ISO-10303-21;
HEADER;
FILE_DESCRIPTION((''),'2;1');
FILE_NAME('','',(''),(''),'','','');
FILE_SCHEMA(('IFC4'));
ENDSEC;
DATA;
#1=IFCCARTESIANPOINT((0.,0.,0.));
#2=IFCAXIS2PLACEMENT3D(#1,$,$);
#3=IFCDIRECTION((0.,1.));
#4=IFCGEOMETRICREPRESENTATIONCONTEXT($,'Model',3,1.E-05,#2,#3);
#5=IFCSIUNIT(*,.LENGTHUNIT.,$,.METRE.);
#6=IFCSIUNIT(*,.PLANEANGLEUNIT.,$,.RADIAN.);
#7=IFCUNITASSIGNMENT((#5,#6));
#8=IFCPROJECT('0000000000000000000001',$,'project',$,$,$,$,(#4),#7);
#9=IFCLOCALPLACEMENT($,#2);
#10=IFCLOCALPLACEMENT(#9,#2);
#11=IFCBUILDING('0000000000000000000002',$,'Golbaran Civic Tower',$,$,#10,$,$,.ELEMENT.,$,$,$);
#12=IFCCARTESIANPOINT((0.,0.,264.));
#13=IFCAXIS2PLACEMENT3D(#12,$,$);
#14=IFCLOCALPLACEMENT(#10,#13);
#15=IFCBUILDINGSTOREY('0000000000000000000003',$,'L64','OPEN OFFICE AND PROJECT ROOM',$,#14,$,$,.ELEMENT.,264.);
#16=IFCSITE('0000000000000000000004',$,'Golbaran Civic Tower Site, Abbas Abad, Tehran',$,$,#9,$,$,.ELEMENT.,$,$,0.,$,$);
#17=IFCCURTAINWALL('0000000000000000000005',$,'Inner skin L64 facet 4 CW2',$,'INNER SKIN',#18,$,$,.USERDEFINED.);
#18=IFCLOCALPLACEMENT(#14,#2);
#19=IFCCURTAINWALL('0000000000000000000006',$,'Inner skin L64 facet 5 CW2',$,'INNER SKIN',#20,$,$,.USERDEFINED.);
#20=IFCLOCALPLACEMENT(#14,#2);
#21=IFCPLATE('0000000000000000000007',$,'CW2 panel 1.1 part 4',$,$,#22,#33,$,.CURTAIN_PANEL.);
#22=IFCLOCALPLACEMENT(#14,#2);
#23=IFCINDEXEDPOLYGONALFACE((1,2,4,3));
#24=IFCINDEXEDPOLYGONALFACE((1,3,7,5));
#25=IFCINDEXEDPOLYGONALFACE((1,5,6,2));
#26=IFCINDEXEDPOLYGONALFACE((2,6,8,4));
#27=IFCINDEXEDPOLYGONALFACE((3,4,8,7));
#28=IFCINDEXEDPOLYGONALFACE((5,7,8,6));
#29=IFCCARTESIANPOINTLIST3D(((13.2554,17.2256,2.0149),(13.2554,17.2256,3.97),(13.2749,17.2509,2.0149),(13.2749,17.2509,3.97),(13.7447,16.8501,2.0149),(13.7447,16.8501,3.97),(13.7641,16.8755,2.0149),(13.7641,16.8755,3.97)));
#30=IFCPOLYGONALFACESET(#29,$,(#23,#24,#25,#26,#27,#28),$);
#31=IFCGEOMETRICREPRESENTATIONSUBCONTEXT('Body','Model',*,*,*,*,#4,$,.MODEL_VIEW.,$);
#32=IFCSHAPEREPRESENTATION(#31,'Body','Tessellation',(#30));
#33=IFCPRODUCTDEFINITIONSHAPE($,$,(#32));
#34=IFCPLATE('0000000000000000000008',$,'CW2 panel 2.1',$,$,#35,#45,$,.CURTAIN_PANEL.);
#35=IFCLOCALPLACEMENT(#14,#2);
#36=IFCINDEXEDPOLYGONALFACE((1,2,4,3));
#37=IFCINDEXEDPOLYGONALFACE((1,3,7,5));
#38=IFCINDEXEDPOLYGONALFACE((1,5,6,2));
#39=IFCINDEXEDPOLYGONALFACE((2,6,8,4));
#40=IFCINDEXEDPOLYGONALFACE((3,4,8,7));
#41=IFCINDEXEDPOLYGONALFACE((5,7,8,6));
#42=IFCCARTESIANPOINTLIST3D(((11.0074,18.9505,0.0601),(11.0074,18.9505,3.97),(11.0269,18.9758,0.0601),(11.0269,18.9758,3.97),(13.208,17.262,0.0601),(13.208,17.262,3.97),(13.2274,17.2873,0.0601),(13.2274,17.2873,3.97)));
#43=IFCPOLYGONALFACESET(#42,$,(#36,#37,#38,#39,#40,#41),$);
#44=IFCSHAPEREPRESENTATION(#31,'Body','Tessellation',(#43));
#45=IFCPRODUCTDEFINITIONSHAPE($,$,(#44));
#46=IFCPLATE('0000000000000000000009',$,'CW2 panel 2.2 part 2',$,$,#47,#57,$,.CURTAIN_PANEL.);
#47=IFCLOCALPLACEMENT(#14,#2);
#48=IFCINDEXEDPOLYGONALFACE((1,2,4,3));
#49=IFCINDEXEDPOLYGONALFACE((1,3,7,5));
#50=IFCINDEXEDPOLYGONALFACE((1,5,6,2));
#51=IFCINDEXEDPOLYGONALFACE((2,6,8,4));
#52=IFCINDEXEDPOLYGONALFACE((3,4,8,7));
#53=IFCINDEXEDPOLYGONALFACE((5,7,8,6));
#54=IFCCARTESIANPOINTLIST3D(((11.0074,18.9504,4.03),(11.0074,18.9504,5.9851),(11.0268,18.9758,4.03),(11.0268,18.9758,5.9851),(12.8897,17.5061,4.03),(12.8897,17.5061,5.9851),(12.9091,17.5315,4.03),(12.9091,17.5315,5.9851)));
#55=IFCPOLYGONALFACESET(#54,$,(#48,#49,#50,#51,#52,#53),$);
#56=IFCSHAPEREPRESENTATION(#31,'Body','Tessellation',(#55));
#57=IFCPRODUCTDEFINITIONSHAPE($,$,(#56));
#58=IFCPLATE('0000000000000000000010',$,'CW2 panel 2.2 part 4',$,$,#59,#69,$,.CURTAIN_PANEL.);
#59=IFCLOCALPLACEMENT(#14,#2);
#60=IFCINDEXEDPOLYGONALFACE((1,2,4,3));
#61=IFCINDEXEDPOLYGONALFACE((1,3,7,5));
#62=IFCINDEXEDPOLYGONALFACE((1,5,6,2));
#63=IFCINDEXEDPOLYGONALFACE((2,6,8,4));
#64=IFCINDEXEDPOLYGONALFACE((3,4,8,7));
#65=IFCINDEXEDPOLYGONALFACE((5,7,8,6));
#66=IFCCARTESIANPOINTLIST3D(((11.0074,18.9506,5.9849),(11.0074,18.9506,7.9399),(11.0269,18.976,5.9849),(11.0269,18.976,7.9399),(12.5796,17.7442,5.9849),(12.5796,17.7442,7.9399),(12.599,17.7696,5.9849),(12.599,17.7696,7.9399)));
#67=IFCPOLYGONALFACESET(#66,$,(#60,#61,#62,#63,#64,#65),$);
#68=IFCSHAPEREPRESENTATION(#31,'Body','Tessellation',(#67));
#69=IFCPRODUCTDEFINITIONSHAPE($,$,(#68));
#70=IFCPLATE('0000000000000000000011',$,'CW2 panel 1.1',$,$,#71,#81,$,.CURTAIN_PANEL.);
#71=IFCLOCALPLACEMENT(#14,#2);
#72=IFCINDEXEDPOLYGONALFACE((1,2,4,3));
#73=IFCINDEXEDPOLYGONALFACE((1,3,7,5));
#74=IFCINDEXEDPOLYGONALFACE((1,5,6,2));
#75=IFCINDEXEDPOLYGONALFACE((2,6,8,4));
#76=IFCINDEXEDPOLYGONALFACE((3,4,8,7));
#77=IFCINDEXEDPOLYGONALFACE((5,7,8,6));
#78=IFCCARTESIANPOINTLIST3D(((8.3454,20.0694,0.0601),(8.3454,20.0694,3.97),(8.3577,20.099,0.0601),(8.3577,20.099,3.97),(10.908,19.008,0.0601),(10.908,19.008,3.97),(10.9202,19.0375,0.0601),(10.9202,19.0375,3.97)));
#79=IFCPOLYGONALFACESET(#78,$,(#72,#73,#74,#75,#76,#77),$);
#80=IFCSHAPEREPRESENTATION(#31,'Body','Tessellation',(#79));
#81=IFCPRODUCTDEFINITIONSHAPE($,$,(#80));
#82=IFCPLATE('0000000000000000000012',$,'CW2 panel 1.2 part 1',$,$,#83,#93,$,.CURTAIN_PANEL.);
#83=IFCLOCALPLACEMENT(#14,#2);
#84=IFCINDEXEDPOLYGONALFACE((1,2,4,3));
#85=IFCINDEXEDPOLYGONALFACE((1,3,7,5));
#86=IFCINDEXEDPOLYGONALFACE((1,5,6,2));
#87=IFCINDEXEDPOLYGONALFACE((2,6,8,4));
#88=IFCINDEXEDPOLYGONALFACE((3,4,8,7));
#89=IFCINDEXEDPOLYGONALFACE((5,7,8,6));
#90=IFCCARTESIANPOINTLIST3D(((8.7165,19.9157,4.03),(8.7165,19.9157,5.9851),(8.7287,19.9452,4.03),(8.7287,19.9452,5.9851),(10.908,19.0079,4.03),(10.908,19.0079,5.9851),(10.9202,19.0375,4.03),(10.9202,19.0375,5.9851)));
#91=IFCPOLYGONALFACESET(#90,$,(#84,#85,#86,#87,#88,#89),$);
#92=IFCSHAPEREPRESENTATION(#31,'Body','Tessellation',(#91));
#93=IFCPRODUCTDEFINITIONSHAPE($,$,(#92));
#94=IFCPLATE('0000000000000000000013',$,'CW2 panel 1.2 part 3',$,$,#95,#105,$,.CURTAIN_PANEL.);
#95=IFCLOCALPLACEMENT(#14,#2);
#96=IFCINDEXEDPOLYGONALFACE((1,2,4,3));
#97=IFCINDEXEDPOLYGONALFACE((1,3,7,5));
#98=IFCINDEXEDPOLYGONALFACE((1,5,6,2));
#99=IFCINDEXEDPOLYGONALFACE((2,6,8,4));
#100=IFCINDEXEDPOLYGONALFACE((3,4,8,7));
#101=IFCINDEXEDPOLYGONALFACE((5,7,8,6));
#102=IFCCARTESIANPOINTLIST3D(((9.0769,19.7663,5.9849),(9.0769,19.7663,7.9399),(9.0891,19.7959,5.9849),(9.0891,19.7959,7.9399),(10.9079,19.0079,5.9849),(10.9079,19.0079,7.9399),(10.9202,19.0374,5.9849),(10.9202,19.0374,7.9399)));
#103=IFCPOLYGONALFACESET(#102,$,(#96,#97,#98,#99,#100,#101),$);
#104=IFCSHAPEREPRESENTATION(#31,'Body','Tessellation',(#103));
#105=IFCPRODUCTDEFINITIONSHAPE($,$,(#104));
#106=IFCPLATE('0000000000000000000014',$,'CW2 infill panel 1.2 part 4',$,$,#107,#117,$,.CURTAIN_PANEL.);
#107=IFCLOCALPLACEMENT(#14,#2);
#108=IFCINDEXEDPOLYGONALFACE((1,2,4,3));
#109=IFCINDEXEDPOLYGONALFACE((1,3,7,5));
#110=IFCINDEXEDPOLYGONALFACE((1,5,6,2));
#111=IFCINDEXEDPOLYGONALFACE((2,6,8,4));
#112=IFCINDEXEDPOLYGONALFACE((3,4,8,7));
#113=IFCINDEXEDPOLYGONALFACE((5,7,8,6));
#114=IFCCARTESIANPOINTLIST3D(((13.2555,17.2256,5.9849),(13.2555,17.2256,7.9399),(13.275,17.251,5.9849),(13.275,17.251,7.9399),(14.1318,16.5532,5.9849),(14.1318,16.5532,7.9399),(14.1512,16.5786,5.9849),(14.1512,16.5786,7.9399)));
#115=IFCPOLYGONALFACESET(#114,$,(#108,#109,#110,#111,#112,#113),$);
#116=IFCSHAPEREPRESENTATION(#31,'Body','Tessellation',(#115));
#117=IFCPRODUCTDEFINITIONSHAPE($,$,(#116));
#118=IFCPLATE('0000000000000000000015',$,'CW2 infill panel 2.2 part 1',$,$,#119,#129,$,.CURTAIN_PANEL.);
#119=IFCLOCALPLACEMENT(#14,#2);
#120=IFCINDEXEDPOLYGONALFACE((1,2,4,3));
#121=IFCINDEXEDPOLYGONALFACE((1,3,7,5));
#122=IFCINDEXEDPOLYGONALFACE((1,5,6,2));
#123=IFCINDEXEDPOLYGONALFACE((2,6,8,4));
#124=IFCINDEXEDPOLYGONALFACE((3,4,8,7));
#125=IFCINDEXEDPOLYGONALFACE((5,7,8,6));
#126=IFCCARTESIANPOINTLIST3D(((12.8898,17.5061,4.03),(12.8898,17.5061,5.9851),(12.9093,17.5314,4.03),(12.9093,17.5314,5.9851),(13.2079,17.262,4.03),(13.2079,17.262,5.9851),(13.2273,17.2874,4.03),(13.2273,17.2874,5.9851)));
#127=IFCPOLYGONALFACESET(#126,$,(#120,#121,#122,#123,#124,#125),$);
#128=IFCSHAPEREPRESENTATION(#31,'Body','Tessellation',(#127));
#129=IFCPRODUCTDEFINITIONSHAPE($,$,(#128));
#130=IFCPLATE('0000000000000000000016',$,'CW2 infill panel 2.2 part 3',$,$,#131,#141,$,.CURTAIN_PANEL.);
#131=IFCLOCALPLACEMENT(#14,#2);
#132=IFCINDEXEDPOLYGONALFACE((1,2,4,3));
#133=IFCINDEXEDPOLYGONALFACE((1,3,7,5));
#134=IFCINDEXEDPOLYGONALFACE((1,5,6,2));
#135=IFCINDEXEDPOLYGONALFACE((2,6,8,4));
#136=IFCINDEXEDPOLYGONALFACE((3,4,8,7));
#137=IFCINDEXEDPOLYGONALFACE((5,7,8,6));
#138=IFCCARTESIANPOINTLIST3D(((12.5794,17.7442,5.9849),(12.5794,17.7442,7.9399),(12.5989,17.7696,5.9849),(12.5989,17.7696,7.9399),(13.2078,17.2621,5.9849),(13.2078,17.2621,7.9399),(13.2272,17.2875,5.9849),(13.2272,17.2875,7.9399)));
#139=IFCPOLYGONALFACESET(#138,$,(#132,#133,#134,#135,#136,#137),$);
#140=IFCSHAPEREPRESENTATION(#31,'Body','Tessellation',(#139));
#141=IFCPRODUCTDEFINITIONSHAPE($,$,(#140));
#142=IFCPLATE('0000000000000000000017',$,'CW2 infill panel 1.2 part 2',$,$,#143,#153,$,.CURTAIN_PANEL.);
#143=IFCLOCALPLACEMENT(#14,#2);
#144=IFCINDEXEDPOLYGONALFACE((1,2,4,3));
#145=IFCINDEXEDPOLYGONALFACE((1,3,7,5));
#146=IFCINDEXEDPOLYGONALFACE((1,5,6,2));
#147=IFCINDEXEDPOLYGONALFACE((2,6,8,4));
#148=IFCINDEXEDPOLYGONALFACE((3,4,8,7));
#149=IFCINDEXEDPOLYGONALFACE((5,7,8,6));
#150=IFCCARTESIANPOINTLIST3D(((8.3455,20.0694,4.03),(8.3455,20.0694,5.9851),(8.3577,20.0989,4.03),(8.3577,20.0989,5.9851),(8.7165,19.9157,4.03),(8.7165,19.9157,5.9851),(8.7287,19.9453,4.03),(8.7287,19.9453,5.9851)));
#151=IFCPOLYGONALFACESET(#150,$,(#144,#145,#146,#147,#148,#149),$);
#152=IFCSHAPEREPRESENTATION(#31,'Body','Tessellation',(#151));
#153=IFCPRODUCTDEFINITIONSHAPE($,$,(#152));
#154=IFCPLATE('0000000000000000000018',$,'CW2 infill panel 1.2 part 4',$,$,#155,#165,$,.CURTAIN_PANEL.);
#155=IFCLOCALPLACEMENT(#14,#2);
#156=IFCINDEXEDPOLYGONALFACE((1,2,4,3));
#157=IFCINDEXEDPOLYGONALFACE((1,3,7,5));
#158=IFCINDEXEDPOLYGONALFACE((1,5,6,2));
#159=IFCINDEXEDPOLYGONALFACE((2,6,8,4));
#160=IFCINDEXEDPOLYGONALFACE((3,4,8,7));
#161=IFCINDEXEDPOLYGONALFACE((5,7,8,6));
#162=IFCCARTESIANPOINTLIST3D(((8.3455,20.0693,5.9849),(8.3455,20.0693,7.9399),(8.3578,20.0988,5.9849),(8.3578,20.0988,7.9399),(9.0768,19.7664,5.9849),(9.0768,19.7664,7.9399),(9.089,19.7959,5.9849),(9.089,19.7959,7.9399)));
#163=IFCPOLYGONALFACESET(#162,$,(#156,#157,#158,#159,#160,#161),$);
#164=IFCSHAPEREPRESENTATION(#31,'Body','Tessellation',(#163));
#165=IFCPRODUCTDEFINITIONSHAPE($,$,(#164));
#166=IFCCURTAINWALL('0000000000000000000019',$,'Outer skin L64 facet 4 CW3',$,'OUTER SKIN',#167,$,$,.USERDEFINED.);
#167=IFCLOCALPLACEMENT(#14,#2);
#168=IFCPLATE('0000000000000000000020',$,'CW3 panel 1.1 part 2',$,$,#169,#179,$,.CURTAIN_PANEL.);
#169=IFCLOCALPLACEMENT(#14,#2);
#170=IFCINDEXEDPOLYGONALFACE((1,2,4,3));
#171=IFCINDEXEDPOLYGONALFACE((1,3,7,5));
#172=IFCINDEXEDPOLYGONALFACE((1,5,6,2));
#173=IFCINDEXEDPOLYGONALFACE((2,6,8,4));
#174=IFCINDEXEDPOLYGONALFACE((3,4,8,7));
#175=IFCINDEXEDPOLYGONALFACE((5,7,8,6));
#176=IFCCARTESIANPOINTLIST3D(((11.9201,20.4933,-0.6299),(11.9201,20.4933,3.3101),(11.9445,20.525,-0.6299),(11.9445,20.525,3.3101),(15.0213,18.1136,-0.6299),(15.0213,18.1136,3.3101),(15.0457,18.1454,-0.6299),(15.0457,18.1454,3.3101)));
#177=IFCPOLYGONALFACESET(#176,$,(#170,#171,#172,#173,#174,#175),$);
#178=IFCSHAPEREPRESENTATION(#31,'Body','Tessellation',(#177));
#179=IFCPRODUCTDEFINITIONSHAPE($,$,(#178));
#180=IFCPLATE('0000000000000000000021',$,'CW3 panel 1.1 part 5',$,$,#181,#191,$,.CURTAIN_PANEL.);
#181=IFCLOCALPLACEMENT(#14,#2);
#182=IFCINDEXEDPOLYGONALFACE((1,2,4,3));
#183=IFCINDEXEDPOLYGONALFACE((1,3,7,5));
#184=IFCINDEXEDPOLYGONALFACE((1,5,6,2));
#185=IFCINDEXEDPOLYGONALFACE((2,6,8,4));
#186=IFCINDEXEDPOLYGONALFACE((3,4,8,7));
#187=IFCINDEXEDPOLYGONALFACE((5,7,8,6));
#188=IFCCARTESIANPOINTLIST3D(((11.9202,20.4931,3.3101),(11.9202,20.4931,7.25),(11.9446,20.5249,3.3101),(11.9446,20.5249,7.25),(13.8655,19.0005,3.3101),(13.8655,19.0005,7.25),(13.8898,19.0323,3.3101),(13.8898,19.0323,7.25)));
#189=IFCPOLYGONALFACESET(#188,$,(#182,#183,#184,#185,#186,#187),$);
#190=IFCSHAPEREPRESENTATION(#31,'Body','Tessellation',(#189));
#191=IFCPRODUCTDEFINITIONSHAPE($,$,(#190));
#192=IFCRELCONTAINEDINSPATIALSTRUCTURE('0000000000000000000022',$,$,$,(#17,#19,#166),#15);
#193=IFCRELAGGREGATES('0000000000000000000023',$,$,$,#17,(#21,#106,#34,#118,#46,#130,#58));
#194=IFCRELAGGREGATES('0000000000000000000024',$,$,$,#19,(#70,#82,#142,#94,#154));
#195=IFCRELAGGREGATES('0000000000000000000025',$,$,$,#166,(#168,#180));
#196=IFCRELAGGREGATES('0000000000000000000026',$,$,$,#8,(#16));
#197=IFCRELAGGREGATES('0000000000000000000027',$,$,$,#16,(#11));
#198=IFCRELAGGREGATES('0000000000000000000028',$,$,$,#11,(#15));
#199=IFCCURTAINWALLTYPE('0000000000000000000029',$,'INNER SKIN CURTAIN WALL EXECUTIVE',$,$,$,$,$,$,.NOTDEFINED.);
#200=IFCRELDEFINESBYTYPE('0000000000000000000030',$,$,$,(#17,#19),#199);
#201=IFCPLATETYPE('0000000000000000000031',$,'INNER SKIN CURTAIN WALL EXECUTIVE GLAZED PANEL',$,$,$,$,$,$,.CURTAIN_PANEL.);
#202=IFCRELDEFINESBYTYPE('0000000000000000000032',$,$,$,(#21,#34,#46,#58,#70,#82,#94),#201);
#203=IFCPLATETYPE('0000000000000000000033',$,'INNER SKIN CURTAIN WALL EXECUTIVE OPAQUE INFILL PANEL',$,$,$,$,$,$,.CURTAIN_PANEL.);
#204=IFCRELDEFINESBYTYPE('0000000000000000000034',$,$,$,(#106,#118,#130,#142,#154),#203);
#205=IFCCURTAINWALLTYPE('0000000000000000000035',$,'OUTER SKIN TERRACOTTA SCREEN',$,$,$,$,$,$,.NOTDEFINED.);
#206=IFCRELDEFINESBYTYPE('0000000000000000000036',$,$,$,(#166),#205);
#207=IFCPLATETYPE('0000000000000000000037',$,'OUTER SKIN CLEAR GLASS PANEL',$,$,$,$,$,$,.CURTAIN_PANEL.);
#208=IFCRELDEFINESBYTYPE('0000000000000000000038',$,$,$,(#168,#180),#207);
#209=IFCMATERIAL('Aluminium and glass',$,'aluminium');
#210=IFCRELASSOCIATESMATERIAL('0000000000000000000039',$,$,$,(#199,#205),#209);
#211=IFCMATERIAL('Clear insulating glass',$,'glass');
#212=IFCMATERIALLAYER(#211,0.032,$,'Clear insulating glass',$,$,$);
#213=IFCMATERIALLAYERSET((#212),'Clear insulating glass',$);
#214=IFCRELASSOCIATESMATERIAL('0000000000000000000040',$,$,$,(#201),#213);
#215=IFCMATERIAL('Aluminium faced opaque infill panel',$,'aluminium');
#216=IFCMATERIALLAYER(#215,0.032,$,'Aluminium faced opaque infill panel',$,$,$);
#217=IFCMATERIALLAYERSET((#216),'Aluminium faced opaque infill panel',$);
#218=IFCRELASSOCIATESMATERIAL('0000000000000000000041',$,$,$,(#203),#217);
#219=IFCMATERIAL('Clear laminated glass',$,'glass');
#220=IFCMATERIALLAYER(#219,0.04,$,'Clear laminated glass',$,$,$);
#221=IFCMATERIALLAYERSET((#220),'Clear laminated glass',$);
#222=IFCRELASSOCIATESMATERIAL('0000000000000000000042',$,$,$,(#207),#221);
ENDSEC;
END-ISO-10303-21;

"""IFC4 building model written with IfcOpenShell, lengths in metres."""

from ifc_helpers import new_model, si_unit, direction, frame, origin, origin_2d, place, context, subcontext, project, spatial, rectangle, extrude, material, layer, layer_set, type_object, element, aggregate, save


model = new_model("IFC4")

# Units and contexts
model_context = context("Model", 3, precision=1e-05, world=origin(), true_north=direction((0.0, 1.0)))
body_context = subcontext(model_context, "Body", "Model", "MODEL_VIEW")
ifc_project = project(units=[si_unit("LENGTHUNIT", "METRE"), si_unit("PLANEANGLEUNIT", "RADIAN")], contexts=[model_context])

# Site, building, storey
site_placement = place(None, origin())
site = spatial("IfcSite", under=ifc_project, at=site_placement, Name="Golbaran Civic Tower Site, Abbas Abad, Tehran", CompositionType="ELEMENT", RefElevation=0.0)
building_placement = place(site_placement, origin())
building = spatial("IfcBuilding", under=site, at=building_placement, Name="Golbaran Civic Tower", CompositionType="ELEMENT")
storey_placement = place(building_placement, frame((0.0, 0.0, 264.0)))
storey = spatial("IfcBuildingStorey", under=building, at=storey_placement, Name="L64", Description="OPEN OFFICE AND PROJECT ROOM", CompositionType="ELEMENT", Elevation=264.0)

# Curtain walls
ifc_material_1 = material(Name="Aluminium and glass", Category="aluminium")
curtain_wall_type_1 = type_object("IfcCurtainWallType", Name="INNER SKIN CURTAIN WALL EXECUTIVE", PredefinedType="NOTDEFINED", material=ifc_material_1)
curtain_wall_1_placement = place(storey_placement, origin())
curtain_wall_1 = element("IfcCurtainWall", 1, at=curtain_wall_1_placement, inside=storey, type_object=curtain_wall_type_1, Name="Inner skin L64 facet 4 CW2", ObjectType="INNER SKIN", PredefinedType="USERDEFINED")
curtain_wall_2_placement = place(storey_placement, origin())
curtain_wall_2 = element("IfcCurtainWall", 2, at=curtain_wall_2_placement, inside=storey, type_object=curtain_wall_type_1, Name="Inner skin L64 facet 5 CW2", ObjectType="INNER SKIN", PredefinedType="USERDEFINED")

# Plates
ifc_material_2 = material(Name="Clear insulating glass", Category="glass")
ifc_layer_1 = layer(ifc_material_2, 0.032, Name="Clear insulating glass")
ifc_layer_set_1 = layer_set([ifc_layer_1], Name="Clear insulating glass")
plate_type_1 = type_object("IfcPlateType", Name="INNER SKIN CURTAIN WALL EXECUTIVE GLAZED PANEL", PredefinedType="CURTAIN_PANEL", material=ifc_layer_set_1)
plate_1_placement = place(storey_placement, frame((13.5098, 17.0505, 2.0149), z_axis=(0.0, 0.0, 1.0), x_axis=(-0.793353, 0.608761, 0.0)))
plate_1 = element("IfcPlate", 3, at=plate_1_placement, type_object=plate_type_1, Name="CW2 panel 1.1 part 4", PredefinedType="CURTAIN_PANEL", context=body_context, shape_type="SweptSolid", body=[
    extrude(rectangle(XDim=0.6167, YDim=0.032, at=origin_2d()), origin(), (0.0, 0.0, 1.0), 1.9551),
])
plate_2_placement = place(storey_placement, frame((12.1174, 18.1189, 0.0601), z_axis=(0.0, 0.0, 1.0), x_axis=(-0.793353, 0.608761, 0.0)))
plate_2 = element("IfcPlate", 4, at=plate_2_placement, type_object=plate_type_1, Name="CW2 panel 2.1", PredefinedType="CURTAIN_PANEL", context=body_context, shape_type="SweptSolid", body=[
    extrude(rectangle(XDim=2.7737, YDim=0.032, at=origin_2d()), origin(), (0.0, 0.0, 1.0), 3.9099),
])
plate_3_placement = place(storey_placement, frame((11.9583, 18.241, 4.03), z_axis=(0.0, 0.0, 1.0), x_axis=(-0.793353, 0.608761, 0.0)))
plate_3 = element("IfcPlate", 5, at=plate_3_placement, type_object=plate_type_1, Name="CW2 panel 2.2 part 2", PredefinedType="CURTAIN_PANEL", context=body_context, shape_type="SweptSolid", body=[
    extrude(rectangle(XDim=2.3726, YDim=0.032, at=origin_2d()), origin(), (0.0, 0.0, 1.0), 1.9551),
])
plate_4_placement = place(storey_placement, frame((11.8032, 18.3601, 5.9849), z_axis=(0.0, 0.0, 1.0), x_axis=(-0.793353, 0.608761, 0.0)))
plate_4 = element("IfcPlate", 6, at=plate_4_placement, type_object=plate_type_1, Name="CW2 panel 2.2 part 4", PredefinedType="CURTAIN_PANEL", context=body_context, shape_type="SweptSolid", body=[
    extrude(rectangle(XDim=1.9817, YDim=0.032, at=origin_2d()), origin(), (0.0, 0.0, 1.0), 1.9551),
])
plate_5_placement = place(storey_placement, frame((9.6328, 19.5535, 0.0601), z_axis=(0.0, 0.0, 1.0), x_axis=(-0.92388, 0.382683, 0.0)))
plate_5 = element("IfcPlate", 7, at=plate_5_placement, type_object=plate_type_1, Name="CW2 panel 1.1", PredefinedType="CURTAIN_PANEL", context=body_context, shape_type="SweptSolid", body=[
    extrude(rectangle(XDim=2.7737, YDim=0.032, at=origin_2d()), origin(), (0.0, 0.0, 1.0), 3.9099),
])
plate_6_placement = place(storey_placement, frame((9.8184, 19.4766, 4.03), z_axis=(0.0, 0.0, 1.0), x_axis=(-0.92388, 0.382683, 0.0)))
plate_6 = element("IfcPlate", 8, at=plate_6_placement, type_object=plate_type_1, Name="CW2 panel 1.2 part 1", PredefinedType="CURTAIN_PANEL", context=body_context, shape_type="SweptSolid", body=[
    extrude(rectangle(XDim=2.3721, YDim=0.032, at=origin_2d()), origin(), (0.0, 0.0, 1.0), 1.9551),
])
plate_7_placement = place(storey_placement, frame((9.9985, 19.4019, 5.9849), z_axis=(0.0, 0.0, 1.0), x_axis=(-0.92388, 0.382683, 0.0)))
plate_7 = element("IfcPlate", 9, at=plate_7_placement, type_object=plate_type_1, Name="CW2 panel 1.2 part 3", PredefinedType="CURTAIN_PANEL", context=body_context, shape_type="SweptSolid", body=[
    extrude(rectangle(XDim=1.9819, YDim=0.032, at=origin_2d()), origin(), (0.0, 0.0, 1.0), 1.9551),
])
ifc_material_3 = material(Name="Aluminium faced opaque infill panel", Category="aluminium")
ifc_layer_2 = layer(ifc_material_3, 0.032, Name="Aluminium faced opaque infill panel")
ifc_layer_set_2 = layer_set([ifc_layer_2], Name="Aluminium faced opaque infill panel")
plate_type_2 = type_object("IfcPlateType", Name="INNER SKIN CURTAIN WALL EXECUTIVE OPAQUE INFILL PANEL", PredefinedType="CURTAIN_PANEL", material=ifc_layer_set_2)
plate_8_placement = place(storey_placement, frame((13.7034, 16.9021, 5.9849), z_axis=(0.0, 0.0, 1.0), x_axis=(-0.793353, 0.608761, 0.0)))
plate_8 = element("IfcPlate", 10, at=plate_8_placement, type_object=plate_type_2, Name="CW2 infill panel 1.2 part 4", PredefinedType="CURTAIN_PANEL", context=body_context, shape_type="SweptSolid", body=[
    extrude(rectangle(XDim=1.1045, YDim=0.032, at=origin_2d()), origin(), (0.0, 0.0, 1.0), 1.9551),
])
plate_9_placement = place(storey_placement, frame((13.0586, 17.3967, 4.03), z_axis=(0.0, 0.0, 1.0), x_axis=(-0.793353, 0.608761, 0.0)))
plate_9 = element("IfcPlate", 11, at=plate_9_placement, type_object=plate_type_2, Name="CW2 infill panel 2.2 part 1", PredefinedType="CURTAIN_PANEL", context=body_context, shape_type="SweptSolid", body=[
    extrude(rectangle(XDim=0.4009, YDim=0.032, at=origin_2d()), origin(), (0.0, 0.0, 1.0), 1.9551),
])
plate_10_placement = place(storey_placement, frame((12.9033, 17.5159, 5.9849), z_axis=(0.0, 0.0, 1.0), x_axis=(-0.793353, 0.608761, 0.0)))
plate_10 = element("IfcPlate", 12, at=plate_10_placement, type_object=plate_type_2, Name="CW2 infill panel 2.2 part 3", PredefinedType="CURTAIN_PANEL", context=body_context, shape_type="SweptSolid", body=[
    extrude(rectangle(XDim=0.792, YDim=0.032, at=origin_2d()), origin(), (0.0, 0.0, 1.0), 1.9551),
])
aggregate(curtain_wall_1, [plate_1, plate_8, plate_2, plate_9, plate_3, plate_10, plate_4])
plate_11_placement = place(storey_placement, frame((8.5371, 20.0073, 4.03), z_axis=(0.0, 0.0, 1.0), x_axis=(-0.92388, 0.382683, 0.0)))
plate_11 = element("IfcPlate", 13, at=plate_11_placement, type_object=plate_type_2, Name="CW2 infill panel 1.2 part 2", PredefinedType="CURTAIN_PANEL", context=body_context, shape_type="SweptSolid", body=[
    extrude(rectangle(XDim=0.4016, YDim=0.032, at=origin_2d()), origin(), (0.0, 0.0, 1.0), 1.9551),
])
plate_12_placement = place(storey_placement, frame((8.7173, 19.9326, 5.9849), z_axis=(0.0, 0.0, 1.0), x_axis=(-0.92388, 0.382683, 0.0)))
plate_12 = element("IfcPlate", 14, at=plate_12_placement, type_object=plate_type_2, Name="CW2 infill panel 1.2 part 4", PredefinedType="CURTAIN_PANEL", context=body_context, shape_type="SweptSolid", body=[
    extrude(rectangle(XDim=0.7915, YDim=0.032, at=origin_2d()), origin(), (0.0, 0.0, 1.0), 1.9551),
])
aggregate(curtain_wall_2, [plate_5, plate_6, plate_11, plate_7, plate_12])

# Curtain wall, plates
curtain_wall_type_2 = type_object("IfcCurtainWallType", Name="OUTER SKIN TERRACOTTA SCREEN", PredefinedType="NOTDEFINED", material=ifc_material_1)
curtain_wall_3_placement = place(storey_placement, origin())
curtain_wall_3 = element("IfcCurtainWall", 15, at=curtain_wall_3_placement, inside=storey, type_object=curtain_wall_type_2, Name="Outer skin L64 facet 4 CW3", ObjectType="OUTER SKIN", PredefinedType="USERDEFINED")
ifc_material_4 = material(Name="Clear laminated glass", Category="glass")
ifc_layer_3 = layer(ifc_material_4, 0.04, Name="Clear laminated glass")
ifc_layer_set_3 = layer_set([ifc_layer_3], Name="Clear laminated glass")
plate_type_3 = type_object("IfcPlateType", Name="OUTER SKIN CLEAR GLASS PANEL", PredefinedType="CURTAIN_PANEL", material=ifc_layer_set_3)
plate_13_placement = place(storey_placement, frame((13.4829, 19.3193, -0.6299), z_axis=(0.0, 0.0, 1.0), x_axis=(-0.793353, 0.608761, 0.0)))
plate_13 = element("IfcPlate", 16, at=plate_13_placement, type_object=plate_type_3, Name="CW3 panel 1.1 part 2", PredefinedType="CURTAIN_PANEL", context=body_context, shape_type="SweptSolid", body=[
    extrude(rectangle(XDim=3.9089, YDim=0.04, at=origin_2d()), origin(), (0.0, 0.0, 1.0), 3.9399),
])
plate_14_placement = place(storey_placement, frame((12.905, 19.7627, 3.3101), z_axis=(0.0, 0.0, 1.0), x_axis=(-0.793353, 0.608761, 0.0)))
plate_14 = element("IfcPlate", 17, at=plate_14_placement, type_object=plate_type_3, Name="CW3 panel 1.1 part 5", PredefinedType="CURTAIN_PANEL", context=body_context, shape_type="SweptSolid", body=[
    extrude(rectangle(XDim=2.4519, YDim=0.04, at=origin_2d()), origin(), (0.0, 0.0, 1.0), 3.9399),
])
aggregate(curtain_wall_3, [plate_13, plate_14])

save(model, "model.ifc")
